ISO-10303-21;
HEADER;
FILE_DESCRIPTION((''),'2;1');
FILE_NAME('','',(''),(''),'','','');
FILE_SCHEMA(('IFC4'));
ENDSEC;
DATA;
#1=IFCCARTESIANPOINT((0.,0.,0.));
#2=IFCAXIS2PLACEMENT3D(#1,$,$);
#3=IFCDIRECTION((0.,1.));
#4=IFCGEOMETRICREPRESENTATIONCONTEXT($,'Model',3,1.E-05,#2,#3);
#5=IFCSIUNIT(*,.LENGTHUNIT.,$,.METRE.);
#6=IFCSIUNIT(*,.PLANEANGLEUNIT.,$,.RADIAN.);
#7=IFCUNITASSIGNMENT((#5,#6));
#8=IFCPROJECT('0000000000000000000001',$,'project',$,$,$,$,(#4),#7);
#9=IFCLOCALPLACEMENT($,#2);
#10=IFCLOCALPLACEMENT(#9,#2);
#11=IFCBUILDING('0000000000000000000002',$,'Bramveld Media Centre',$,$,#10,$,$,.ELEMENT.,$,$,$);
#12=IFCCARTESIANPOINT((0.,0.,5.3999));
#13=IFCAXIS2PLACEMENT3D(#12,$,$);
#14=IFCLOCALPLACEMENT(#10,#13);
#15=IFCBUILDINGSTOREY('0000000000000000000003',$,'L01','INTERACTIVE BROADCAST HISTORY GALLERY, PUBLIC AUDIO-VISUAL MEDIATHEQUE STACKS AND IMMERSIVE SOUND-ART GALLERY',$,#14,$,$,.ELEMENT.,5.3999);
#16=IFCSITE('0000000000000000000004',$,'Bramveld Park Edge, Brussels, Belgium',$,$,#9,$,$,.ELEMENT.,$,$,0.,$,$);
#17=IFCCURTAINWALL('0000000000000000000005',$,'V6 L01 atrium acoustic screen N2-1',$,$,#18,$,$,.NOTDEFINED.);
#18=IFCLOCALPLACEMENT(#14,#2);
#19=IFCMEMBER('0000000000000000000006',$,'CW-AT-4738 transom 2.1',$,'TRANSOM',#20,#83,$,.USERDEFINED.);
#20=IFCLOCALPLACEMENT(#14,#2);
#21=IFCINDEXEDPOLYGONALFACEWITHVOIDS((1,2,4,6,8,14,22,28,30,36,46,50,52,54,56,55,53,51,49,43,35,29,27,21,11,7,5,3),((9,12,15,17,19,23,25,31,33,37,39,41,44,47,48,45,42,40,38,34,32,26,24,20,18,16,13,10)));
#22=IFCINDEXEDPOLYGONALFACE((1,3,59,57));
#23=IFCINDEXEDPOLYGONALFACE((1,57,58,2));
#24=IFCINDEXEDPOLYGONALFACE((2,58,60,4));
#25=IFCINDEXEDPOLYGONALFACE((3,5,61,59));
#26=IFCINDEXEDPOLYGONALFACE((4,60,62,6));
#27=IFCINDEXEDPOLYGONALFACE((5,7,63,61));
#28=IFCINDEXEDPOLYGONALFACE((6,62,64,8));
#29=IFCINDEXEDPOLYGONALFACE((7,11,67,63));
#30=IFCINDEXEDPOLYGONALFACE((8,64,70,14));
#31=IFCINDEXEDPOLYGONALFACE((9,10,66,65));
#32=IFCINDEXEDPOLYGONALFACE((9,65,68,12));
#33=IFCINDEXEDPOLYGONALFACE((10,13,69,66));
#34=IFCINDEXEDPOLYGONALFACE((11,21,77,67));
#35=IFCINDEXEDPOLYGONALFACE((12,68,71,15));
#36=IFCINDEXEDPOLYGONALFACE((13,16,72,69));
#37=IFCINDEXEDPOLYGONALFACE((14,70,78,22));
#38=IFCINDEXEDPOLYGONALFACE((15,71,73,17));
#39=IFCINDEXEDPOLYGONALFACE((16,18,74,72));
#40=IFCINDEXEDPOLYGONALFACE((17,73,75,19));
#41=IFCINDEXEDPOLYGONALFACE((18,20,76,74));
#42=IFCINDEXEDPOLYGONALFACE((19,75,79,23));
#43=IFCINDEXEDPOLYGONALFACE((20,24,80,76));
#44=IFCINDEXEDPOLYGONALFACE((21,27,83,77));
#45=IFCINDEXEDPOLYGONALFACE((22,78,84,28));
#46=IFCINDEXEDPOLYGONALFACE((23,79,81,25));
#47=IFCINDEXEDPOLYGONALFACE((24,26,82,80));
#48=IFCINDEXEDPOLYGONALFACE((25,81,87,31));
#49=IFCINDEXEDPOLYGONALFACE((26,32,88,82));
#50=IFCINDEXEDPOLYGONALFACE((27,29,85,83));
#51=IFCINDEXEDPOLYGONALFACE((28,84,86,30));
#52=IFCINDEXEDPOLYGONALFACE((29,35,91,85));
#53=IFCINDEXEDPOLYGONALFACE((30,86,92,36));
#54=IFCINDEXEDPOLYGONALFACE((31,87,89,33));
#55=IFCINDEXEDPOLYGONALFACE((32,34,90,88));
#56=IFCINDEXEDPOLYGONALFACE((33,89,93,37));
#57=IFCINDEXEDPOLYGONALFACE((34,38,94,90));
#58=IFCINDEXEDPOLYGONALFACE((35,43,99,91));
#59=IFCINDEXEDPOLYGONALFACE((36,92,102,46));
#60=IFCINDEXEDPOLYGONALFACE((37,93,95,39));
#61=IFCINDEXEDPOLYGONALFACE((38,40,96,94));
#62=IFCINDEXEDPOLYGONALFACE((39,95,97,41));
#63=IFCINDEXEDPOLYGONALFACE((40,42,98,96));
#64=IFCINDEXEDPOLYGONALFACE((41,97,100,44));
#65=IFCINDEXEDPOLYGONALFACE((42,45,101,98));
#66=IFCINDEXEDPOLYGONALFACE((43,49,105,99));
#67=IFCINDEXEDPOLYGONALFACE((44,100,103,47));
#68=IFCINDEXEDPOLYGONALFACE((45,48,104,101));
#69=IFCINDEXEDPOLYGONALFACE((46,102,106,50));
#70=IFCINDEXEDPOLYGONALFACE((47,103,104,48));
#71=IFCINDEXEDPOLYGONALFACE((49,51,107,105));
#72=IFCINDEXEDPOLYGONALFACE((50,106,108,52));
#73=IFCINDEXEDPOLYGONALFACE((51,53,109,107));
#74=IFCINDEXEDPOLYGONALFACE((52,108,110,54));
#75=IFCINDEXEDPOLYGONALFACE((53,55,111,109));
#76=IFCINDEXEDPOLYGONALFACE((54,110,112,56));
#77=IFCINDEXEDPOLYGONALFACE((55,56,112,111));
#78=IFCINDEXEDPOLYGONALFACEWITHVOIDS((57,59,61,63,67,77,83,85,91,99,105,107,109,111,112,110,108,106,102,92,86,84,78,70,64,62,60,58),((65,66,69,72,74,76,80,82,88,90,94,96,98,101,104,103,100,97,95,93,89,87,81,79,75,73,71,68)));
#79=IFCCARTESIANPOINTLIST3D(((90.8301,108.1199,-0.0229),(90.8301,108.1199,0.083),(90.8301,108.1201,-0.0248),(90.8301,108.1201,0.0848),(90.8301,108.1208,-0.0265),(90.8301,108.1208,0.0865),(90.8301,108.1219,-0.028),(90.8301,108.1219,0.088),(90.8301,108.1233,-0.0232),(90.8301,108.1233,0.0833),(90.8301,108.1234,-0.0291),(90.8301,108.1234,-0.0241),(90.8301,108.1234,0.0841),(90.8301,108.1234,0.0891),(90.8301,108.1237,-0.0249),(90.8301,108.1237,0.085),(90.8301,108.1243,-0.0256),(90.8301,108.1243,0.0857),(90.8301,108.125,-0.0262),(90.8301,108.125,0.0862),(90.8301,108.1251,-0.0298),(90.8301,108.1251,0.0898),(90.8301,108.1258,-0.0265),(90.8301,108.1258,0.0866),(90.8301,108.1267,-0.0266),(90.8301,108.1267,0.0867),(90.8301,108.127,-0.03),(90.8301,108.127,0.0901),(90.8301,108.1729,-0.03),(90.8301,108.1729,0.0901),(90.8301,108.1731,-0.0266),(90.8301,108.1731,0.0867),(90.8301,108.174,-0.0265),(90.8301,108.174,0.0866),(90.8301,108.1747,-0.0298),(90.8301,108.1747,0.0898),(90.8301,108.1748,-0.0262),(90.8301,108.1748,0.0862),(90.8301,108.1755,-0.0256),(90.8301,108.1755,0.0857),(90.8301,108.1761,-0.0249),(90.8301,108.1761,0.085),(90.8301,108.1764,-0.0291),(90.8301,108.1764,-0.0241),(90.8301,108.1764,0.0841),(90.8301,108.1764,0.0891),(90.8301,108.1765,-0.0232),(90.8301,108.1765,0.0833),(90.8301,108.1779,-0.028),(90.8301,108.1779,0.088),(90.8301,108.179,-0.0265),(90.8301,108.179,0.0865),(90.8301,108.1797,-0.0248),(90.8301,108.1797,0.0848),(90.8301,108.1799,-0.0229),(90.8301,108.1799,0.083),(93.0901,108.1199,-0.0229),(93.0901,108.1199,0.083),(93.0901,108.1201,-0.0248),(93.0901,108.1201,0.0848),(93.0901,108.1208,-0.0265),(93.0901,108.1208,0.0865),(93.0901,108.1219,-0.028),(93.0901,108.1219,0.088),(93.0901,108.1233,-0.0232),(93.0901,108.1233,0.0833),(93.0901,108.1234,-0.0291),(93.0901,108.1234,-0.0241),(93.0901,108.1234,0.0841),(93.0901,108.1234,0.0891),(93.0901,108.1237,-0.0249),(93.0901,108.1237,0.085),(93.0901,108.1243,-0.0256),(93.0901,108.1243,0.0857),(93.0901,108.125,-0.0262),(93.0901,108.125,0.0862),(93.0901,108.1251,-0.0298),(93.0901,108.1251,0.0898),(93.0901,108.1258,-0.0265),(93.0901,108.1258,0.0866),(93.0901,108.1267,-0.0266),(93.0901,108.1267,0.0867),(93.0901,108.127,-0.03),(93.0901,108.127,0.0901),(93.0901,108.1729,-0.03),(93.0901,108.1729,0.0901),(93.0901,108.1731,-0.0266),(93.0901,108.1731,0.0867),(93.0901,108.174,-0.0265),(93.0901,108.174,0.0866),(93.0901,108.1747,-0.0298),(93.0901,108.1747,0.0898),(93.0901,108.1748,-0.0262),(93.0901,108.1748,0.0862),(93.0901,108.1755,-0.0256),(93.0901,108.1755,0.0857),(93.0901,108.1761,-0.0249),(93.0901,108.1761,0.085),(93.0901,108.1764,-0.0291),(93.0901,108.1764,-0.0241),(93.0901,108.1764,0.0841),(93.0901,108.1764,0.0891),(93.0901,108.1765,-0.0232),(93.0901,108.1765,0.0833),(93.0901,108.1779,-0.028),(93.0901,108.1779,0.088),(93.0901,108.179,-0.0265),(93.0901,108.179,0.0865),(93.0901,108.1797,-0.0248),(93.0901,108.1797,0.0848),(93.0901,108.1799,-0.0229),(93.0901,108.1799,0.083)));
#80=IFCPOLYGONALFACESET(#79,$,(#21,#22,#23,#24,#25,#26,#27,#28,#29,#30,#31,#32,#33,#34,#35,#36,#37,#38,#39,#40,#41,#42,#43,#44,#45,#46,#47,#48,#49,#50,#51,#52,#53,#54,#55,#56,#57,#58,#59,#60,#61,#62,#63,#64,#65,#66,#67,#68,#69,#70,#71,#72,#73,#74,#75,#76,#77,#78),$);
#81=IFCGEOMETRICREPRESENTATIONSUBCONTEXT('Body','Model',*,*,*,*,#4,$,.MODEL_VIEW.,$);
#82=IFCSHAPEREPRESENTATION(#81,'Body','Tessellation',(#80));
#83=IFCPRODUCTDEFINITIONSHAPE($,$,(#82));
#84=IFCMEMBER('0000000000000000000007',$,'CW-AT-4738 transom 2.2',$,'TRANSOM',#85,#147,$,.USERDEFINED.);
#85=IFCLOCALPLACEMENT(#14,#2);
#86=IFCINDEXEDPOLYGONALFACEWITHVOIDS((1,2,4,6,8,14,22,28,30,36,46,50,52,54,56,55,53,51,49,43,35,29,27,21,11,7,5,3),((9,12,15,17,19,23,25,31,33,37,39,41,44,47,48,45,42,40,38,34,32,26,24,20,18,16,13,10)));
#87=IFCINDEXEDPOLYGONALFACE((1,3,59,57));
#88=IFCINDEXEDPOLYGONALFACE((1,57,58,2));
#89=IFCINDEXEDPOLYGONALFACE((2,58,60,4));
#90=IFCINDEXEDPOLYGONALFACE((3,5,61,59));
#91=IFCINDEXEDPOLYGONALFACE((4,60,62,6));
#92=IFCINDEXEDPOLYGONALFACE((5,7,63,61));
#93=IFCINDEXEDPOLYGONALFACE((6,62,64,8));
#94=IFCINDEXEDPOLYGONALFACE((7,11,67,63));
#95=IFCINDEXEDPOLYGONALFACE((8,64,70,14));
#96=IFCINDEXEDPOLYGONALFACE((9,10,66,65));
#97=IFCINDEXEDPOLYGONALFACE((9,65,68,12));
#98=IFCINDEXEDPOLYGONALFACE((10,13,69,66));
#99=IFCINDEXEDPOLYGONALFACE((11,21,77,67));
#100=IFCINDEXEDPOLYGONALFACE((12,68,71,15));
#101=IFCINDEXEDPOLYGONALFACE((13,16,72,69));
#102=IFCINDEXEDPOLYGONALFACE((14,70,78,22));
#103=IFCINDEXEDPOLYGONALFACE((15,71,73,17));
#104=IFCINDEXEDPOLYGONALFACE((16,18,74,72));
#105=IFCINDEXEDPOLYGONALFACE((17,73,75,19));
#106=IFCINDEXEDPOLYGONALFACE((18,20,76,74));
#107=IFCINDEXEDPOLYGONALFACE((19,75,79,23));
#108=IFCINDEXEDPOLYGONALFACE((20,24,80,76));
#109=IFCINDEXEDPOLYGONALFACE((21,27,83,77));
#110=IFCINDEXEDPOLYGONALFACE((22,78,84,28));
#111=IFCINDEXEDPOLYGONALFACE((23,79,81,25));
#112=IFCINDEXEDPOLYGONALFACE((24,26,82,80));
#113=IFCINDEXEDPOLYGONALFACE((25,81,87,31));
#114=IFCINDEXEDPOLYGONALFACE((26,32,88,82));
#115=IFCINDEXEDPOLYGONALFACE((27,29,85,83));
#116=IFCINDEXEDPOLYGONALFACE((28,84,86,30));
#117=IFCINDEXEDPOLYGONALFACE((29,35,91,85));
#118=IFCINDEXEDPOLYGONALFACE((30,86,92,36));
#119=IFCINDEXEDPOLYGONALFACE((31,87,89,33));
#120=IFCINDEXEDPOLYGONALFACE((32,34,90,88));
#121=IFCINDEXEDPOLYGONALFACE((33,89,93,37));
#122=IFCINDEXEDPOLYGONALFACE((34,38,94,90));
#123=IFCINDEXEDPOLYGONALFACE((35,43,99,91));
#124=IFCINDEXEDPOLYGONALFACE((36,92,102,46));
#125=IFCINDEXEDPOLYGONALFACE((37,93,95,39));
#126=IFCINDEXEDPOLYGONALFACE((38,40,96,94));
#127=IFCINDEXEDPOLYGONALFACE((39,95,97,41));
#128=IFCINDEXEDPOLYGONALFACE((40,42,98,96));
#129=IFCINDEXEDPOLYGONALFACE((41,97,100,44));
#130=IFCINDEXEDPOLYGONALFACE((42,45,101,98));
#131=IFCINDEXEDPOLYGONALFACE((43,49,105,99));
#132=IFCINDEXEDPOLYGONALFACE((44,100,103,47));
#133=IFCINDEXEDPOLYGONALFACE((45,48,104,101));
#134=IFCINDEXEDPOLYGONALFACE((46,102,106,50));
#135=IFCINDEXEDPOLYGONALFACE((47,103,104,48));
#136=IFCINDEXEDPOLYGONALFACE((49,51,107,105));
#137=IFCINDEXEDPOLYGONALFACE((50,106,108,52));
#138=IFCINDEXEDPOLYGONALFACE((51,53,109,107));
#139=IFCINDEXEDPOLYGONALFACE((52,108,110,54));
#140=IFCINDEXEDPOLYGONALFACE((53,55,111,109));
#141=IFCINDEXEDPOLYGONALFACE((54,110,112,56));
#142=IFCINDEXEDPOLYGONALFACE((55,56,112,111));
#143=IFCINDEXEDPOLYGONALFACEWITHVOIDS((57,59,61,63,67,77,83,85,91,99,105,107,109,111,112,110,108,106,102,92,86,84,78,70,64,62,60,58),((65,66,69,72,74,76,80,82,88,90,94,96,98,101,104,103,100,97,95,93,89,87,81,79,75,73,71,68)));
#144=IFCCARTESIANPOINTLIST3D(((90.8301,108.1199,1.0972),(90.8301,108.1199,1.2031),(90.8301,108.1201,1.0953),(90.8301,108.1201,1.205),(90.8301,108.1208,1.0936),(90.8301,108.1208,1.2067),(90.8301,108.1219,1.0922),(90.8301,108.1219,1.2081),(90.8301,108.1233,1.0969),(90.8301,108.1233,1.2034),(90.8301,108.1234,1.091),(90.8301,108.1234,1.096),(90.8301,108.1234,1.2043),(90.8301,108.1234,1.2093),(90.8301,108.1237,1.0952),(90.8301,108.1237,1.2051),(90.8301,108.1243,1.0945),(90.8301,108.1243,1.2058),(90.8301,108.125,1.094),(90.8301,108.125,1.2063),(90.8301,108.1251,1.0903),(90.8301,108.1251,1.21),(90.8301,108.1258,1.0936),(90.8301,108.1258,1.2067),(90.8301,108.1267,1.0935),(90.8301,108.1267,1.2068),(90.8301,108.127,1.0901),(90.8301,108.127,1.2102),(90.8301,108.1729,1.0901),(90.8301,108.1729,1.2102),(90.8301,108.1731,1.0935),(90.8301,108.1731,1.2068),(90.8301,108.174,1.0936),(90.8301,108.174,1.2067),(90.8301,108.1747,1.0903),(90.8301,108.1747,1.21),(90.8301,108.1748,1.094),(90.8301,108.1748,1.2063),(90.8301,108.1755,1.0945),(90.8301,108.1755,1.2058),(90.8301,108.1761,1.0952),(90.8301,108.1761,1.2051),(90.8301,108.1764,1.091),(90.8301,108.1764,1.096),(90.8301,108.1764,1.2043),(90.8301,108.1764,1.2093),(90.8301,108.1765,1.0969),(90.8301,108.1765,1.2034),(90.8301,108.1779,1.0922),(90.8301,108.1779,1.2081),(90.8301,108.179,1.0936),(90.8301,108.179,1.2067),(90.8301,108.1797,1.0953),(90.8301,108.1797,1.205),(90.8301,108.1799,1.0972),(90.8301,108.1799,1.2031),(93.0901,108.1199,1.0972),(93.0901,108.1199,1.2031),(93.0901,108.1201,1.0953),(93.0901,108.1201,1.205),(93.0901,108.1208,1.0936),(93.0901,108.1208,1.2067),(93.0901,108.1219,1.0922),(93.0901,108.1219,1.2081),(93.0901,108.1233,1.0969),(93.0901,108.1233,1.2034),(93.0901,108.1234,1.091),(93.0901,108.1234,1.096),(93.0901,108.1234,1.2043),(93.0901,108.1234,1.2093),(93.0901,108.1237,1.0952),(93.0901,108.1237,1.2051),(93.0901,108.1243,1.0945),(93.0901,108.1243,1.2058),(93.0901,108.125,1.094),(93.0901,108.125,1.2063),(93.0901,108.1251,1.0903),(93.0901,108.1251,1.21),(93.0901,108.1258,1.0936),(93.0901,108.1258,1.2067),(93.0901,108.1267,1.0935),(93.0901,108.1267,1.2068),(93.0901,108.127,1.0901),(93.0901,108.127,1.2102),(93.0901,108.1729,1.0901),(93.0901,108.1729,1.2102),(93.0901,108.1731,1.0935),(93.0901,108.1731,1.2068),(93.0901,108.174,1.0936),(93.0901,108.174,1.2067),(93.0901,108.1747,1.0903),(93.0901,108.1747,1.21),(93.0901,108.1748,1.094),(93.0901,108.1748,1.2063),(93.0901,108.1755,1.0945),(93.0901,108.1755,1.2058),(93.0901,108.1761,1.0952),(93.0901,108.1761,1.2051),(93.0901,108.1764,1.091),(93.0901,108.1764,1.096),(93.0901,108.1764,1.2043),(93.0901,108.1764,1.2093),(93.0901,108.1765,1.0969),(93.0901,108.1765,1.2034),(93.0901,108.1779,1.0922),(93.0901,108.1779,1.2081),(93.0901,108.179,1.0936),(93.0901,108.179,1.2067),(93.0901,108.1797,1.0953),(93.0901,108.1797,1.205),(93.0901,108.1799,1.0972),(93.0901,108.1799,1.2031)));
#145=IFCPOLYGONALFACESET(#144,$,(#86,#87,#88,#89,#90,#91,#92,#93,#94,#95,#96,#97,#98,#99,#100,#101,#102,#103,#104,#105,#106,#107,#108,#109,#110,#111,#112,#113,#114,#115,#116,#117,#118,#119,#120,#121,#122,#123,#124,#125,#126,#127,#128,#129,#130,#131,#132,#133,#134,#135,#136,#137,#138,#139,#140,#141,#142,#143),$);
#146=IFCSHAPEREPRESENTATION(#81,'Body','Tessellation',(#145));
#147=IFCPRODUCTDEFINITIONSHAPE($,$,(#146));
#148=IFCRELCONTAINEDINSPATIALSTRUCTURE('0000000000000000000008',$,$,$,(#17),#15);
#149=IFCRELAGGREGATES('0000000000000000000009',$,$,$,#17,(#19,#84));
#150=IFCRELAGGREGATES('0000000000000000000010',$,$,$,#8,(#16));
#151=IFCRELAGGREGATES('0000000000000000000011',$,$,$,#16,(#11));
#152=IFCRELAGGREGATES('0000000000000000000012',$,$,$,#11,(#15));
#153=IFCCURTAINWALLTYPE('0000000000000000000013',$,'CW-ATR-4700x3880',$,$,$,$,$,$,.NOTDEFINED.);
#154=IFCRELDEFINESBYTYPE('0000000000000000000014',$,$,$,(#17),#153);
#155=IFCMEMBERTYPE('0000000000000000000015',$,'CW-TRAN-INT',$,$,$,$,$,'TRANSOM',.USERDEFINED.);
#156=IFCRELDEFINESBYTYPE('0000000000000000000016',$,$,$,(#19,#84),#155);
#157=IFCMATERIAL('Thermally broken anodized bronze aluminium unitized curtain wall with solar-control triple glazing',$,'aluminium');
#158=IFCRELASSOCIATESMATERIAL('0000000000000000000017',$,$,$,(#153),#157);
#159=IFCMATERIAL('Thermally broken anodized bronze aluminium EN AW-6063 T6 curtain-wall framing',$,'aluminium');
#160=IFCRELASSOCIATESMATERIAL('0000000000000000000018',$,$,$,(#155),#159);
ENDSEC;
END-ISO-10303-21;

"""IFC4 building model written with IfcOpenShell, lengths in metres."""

from ifc_helpers import new_model, si_unit, direction, frame, origin, origin_2d, place, context, subcontext, project, spatial, hollow_rectangle, extrude, material, material_profile, profile_set, type_object, element, aggregate, save


model = new_model("IFC4")

# Units and contexts
model_context = context("Model", 3, precision=1e-05, world=origin(), true_north=direction((0.0, 1.0)))
body_context = subcontext(model_context, "Body", "Model", "MODEL_VIEW")
ifc_project = project(units=[si_unit("LENGTHUNIT", "METRE"), si_unit("PLANEANGLEUNIT", "RADIAN")], contexts=[model_context])

# Site, building, storey
site_placement = place(None, origin())
site = spatial("IfcSite", under=ifc_project, at=site_placement, Name="Bramveld Park Edge, Brussels, Belgium", CompositionType="ELEMENT", RefElevation=0.0)
building_placement = place(site_placement, origin())
building = spatial("IfcBuilding", under=site, at=building_placement, Name="Bramveld Media Centre", CompositionType="ELEMENT")
storey_placement = place(building_placement, frame((0.0, 0.0, 5.3999)))
storey = spatial("IfcBuildingStorey", under=building, at=storey_placement, Name="L01", Description="INTERACTIVE BROADCAST HISTORY GALLERY, PUBLIC AUDIO-VISUAL MEDIATHEQUE STACKS AND IMMERSIVE SOUND-ART GALLERY", CompositionType="ELEMENT", Elevation=5.3999)

# Curtain wall, members
ifc_material_1 = material(Name="Thermally broken anodized bronze aluminium unitized curtain wall with solar-control triple glazing", Category="aluminium")
curtain_wall_type = type_object("IfcCurtainWallType", Name="CW-ATR-4700x3880", PredefinedType="NOTDEFINED", material=ifc_material_1)
curtain_wall_placement = place(storey_placement, origin())
curtain_wall = element("IfcCurtainWall", 1, at=curtain_wall_placement, inside=storey, type_object=curtain_wall_type, Name="V6 L01 atrium acoustic screen N2-1", PredefinedType="NOTDEFINED")
ifc_material_2 = material(Name="Thermally broken anodized bronze aluminium EN AW-6063 T6 curtain-wall framing", Category="aluminium")
ifc_material_profile_1 = material_profile(ifc_material_2, hollow_rectangle(XDim=0.0601, YDim=0.1201, WallThickness=0.0034, InnerFilletRadius=0.0034, OuterFilletRadius=0.0071, at=origin_2d()), Name="AL-TRAN 60x120")
ifc_profile_set_1 = profile_set([ifc_material_profile_1], Name="Thermally broken anodized bronze aluminium EN AW-6063 T6 curtain-wall framing")
member_type_1 = type_object("IfcMemberType", Name="CW-TRAN-INT", ElementType="TRANSOM", PredefinedType="USERDEFINED", material=ifc_profile_set_1)
member_1_placement = place(storey_placement, frame((90.8301, 108.1499, 0.03), z_axis=(1.0, 0.0, 0.0), x_axis=(0.0, 1.0, 0.0)))
member_1 = element("IfcMember", 2, at=member_1_placement, type_object=member_type_1, Name="CW-AT-4738 transom 2.1", ObjectType="TRANSOM", PredefinedType="USERDEFINED", context=body_context, shape_type="SweptSolid", body=[
    extrude(hollow_rectangle(XDim=0.0601, YDim=0.1201, WallThickness=0.0034, InnerFilletRadius=0.0034, OuterFilletRadius=0.0071, at=origin_2d()), origin(), (0.0, 0.0, 1.0), 2.26),
])
member_2_placement = place(storey_placement, frame((90.8301, 108.1499, 1.1501), z_axis=(1.0, 0.0, 0.0), x_axis=(0.0, 1.0, 0.0)))
member_2 = element("IfcMember", 3, at=member_2_placement, type_object=member_type_1, Name="CW-AT-4738 transom 2.2", ObjectType="TRANSOM", PredefinedType="USERDEFINED", context=body_context, shape_type="SweptSolid", body=[
    extrude(hollow_rectangle(XDim=0.0601, YDim=0.1201, WallThickness=0.0034, InnerFilletRadius=0.0034, OuterFilletRadius=0.0071, at=origin_2d()), origin(), (0.0, 0.0, 1.0), 2.26),
])

aggregate(curtain_wall, [member_1, member_2])

save(model, "model.ifc")
